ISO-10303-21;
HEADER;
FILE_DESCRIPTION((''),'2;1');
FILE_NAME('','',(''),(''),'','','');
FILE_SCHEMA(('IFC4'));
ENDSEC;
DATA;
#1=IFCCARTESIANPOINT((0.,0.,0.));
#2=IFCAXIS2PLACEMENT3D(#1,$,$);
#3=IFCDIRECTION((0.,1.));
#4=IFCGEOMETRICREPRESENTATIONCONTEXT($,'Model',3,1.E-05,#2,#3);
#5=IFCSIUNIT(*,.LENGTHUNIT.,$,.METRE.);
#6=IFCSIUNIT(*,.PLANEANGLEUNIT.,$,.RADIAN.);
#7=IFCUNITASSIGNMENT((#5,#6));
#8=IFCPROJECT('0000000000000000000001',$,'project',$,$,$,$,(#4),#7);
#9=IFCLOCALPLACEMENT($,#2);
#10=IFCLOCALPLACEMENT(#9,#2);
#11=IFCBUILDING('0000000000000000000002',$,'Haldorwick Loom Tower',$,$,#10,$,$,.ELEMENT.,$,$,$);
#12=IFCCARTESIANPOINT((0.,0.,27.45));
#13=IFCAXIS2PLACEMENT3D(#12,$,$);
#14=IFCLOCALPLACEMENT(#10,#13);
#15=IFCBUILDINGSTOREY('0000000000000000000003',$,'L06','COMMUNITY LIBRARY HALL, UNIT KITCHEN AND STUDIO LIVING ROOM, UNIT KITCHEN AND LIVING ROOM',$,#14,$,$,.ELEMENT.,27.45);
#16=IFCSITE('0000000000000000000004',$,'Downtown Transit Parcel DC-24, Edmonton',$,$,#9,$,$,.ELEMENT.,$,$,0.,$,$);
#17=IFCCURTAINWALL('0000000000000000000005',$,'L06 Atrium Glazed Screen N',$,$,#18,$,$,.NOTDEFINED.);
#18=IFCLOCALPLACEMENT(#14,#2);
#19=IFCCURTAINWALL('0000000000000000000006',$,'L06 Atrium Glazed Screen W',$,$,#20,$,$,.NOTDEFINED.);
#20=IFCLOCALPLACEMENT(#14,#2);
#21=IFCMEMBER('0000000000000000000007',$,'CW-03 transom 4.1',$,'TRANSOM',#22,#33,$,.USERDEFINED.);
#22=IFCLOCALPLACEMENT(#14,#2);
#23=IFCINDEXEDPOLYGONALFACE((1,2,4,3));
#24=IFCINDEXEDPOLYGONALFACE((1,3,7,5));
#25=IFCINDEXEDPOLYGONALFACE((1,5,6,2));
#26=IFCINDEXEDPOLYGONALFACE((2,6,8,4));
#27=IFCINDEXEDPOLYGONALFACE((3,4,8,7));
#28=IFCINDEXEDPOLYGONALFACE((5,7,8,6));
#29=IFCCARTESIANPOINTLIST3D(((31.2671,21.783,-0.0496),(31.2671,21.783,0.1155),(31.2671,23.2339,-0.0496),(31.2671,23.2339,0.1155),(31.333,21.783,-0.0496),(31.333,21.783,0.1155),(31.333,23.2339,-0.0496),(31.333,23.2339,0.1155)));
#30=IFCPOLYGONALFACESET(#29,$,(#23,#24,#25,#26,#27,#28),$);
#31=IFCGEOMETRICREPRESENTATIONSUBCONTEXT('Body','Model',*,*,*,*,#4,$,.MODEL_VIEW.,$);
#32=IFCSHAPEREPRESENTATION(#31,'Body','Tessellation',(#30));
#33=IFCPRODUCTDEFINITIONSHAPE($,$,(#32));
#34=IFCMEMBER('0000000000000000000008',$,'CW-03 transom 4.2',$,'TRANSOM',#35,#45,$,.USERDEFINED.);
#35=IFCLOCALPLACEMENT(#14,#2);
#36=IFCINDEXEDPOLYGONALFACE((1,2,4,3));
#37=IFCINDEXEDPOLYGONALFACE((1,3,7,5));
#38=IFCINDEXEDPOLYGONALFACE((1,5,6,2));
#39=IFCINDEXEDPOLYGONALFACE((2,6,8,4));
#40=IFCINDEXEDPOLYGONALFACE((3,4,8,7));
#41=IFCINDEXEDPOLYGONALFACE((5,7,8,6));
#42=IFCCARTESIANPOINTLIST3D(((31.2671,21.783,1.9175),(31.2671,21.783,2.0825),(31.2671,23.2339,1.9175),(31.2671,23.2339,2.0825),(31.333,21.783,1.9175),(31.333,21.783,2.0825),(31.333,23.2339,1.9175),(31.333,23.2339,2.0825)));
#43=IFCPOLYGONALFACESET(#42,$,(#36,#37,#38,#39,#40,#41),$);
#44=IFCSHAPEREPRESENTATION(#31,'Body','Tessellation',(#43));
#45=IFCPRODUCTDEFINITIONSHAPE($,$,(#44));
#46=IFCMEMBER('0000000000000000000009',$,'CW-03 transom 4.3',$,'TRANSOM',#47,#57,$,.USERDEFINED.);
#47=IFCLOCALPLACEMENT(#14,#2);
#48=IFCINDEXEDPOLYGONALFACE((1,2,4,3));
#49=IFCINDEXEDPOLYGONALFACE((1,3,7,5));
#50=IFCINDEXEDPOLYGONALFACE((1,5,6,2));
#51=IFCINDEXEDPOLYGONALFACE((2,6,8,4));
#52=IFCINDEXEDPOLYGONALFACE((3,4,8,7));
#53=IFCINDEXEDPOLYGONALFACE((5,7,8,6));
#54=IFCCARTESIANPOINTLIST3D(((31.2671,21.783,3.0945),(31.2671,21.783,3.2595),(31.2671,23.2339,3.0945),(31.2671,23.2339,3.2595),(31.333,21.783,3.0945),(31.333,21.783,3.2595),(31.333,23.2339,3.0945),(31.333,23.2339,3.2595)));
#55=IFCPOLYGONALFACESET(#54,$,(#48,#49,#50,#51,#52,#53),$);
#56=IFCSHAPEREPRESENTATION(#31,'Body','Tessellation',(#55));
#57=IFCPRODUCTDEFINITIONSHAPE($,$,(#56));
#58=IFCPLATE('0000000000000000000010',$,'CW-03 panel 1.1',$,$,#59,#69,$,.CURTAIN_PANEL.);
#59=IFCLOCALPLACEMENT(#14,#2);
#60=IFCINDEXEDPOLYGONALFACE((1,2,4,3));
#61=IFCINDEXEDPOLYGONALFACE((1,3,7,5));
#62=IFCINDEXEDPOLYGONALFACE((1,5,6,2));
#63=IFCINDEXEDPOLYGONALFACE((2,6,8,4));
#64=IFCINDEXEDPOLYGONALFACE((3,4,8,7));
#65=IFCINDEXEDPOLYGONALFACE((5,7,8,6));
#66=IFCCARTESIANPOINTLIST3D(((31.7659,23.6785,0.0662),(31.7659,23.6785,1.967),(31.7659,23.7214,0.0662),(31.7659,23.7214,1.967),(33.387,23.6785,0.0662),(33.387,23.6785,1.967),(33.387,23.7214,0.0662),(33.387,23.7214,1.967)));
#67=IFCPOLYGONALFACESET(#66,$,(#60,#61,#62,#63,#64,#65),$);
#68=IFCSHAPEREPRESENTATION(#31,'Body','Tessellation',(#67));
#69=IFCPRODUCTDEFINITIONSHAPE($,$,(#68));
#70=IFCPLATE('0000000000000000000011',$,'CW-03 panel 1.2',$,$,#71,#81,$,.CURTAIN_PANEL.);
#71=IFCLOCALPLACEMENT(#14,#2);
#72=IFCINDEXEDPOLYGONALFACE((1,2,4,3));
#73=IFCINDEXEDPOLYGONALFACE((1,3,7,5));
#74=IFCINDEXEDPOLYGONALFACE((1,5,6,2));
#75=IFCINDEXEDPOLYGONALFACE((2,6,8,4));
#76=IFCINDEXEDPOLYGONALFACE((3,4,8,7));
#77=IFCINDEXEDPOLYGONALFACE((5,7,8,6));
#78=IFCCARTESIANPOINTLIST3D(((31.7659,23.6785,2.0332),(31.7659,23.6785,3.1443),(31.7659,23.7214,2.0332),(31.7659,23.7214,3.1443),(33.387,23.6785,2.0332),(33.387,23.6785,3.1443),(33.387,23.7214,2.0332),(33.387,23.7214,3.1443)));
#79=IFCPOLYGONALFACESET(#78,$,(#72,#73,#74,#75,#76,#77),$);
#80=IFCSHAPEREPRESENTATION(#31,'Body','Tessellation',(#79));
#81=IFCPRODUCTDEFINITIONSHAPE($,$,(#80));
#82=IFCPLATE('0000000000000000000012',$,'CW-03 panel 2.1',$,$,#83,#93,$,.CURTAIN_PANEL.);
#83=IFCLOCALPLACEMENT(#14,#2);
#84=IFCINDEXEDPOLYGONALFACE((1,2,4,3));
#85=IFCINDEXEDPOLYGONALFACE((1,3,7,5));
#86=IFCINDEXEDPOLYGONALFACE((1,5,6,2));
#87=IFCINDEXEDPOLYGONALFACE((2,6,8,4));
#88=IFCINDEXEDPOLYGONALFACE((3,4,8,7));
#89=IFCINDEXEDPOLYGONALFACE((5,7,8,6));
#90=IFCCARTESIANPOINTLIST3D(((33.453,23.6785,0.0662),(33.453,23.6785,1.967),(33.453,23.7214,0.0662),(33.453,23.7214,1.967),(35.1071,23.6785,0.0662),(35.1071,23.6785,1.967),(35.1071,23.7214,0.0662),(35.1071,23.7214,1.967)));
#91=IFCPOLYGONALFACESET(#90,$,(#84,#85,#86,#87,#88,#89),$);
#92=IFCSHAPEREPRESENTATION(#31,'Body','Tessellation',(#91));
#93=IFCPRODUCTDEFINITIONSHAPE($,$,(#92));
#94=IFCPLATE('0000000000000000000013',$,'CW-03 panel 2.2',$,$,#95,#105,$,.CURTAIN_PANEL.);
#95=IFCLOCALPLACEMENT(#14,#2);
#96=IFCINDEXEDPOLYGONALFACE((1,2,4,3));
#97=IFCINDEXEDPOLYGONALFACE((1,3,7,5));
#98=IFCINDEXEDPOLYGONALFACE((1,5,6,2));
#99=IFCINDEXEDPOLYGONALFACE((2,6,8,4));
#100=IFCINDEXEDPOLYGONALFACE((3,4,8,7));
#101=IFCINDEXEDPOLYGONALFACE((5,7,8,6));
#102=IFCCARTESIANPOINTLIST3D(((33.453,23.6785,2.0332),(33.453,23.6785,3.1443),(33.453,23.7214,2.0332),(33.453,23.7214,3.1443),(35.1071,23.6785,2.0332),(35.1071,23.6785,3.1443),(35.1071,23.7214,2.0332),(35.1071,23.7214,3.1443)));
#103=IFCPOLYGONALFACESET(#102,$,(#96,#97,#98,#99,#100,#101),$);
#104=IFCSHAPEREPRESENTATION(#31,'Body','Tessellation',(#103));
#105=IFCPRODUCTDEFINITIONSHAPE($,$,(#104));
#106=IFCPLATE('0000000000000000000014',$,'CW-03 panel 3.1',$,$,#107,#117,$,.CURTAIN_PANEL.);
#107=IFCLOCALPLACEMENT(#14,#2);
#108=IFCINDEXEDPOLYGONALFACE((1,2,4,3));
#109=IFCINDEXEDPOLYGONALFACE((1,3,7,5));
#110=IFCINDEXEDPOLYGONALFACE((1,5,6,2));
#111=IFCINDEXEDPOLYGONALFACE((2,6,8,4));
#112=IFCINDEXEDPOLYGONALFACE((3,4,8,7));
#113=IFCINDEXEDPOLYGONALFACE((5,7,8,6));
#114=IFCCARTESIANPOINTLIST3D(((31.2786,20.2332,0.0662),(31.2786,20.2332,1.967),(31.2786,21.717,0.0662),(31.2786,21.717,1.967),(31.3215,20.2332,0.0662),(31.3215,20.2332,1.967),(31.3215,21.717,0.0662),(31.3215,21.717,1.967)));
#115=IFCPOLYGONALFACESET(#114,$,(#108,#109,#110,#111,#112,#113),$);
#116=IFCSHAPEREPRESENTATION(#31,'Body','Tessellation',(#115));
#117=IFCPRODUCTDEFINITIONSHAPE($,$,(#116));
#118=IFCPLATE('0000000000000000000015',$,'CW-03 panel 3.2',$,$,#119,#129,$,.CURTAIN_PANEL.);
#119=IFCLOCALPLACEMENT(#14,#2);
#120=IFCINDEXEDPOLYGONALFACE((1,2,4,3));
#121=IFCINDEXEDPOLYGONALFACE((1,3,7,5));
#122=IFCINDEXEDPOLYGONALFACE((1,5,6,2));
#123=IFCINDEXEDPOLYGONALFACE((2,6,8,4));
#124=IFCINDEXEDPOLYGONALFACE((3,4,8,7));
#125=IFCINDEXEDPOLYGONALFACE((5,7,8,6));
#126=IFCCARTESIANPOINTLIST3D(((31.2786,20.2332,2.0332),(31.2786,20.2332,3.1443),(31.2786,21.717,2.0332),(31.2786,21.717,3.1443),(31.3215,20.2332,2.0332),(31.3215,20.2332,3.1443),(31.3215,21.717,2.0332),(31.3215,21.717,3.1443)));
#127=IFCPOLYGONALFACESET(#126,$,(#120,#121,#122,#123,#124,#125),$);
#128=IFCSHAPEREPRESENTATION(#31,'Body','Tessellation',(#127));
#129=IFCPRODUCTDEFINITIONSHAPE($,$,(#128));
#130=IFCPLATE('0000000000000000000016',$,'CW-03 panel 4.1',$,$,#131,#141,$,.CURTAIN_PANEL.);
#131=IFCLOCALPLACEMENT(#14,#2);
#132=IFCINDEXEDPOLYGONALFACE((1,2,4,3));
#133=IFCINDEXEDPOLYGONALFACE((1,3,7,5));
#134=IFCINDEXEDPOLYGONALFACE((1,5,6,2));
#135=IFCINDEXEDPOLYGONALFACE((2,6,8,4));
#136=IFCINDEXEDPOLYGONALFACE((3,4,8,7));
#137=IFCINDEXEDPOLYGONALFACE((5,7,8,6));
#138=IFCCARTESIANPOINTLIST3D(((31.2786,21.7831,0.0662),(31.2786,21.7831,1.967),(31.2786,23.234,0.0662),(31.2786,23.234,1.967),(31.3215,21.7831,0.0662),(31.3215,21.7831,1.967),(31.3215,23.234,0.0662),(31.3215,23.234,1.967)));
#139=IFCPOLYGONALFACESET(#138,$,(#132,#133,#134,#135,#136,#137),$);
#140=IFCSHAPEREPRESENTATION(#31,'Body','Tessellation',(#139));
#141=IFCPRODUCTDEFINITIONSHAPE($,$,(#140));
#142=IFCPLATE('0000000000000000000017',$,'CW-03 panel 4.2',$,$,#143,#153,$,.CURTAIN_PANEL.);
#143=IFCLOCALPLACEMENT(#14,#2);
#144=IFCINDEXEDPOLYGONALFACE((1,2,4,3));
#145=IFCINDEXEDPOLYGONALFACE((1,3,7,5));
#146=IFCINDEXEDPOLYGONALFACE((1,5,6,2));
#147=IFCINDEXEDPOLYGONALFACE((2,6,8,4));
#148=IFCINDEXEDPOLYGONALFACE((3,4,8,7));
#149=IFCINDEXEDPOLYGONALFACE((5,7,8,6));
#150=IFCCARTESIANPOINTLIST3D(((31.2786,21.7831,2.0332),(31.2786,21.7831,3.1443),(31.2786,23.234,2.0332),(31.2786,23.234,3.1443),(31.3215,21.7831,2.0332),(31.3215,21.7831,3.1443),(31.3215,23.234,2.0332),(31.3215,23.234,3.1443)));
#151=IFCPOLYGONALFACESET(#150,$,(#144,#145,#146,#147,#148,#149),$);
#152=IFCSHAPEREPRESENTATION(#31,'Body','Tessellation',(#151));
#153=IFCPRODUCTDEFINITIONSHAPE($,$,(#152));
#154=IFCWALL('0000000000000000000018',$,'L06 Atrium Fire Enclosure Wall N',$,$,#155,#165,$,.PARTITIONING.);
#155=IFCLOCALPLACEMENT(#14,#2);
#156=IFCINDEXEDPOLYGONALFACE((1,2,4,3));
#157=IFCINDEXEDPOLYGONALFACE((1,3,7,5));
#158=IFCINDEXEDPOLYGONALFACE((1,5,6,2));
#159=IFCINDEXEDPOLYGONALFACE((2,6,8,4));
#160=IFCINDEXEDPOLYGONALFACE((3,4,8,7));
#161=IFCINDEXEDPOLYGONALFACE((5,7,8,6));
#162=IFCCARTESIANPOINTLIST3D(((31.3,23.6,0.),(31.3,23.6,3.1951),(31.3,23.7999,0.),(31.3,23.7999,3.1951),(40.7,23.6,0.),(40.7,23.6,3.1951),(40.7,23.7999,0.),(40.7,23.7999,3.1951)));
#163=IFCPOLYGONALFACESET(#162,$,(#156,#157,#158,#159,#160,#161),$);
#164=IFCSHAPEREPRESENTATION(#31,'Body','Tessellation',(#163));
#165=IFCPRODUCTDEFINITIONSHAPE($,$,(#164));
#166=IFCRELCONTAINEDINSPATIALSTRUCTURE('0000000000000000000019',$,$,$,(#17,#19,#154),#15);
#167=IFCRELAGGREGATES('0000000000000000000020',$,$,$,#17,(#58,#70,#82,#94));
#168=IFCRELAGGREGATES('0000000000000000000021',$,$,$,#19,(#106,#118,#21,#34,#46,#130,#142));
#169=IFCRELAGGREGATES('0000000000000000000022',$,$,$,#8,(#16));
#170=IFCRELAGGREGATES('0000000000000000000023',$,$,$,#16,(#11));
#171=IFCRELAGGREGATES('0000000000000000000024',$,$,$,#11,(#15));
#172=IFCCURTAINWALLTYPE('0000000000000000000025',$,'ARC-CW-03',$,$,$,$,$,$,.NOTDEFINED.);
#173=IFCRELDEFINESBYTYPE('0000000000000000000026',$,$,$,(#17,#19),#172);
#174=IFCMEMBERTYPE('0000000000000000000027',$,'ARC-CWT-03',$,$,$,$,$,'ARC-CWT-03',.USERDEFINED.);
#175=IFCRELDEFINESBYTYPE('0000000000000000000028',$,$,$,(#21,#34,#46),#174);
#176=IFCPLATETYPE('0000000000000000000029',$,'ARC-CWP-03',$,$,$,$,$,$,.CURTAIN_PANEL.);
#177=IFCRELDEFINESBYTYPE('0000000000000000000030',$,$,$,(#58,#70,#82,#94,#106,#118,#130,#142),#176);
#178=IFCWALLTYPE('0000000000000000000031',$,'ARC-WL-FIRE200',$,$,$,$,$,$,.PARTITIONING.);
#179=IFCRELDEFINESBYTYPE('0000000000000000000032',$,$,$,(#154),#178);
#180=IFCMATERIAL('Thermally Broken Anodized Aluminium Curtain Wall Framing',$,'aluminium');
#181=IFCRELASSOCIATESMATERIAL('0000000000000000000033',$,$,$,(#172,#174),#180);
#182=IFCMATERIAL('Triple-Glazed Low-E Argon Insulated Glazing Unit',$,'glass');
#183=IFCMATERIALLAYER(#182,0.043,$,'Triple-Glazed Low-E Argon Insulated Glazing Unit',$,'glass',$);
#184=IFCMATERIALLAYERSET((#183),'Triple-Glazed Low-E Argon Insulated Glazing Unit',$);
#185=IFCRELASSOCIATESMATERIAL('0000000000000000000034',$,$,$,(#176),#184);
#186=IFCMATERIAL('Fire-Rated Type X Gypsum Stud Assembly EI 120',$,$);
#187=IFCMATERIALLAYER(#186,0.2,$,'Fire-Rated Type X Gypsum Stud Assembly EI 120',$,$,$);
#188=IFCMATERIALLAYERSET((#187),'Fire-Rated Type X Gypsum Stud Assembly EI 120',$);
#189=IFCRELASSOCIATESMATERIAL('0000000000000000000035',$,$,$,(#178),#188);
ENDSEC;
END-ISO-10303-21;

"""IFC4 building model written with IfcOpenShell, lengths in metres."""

from ifc_helpers import new_model, si_unit, direction, frame, frame_2d, origin, origin_2d, place, context, subcontext, project, spatial, rectangle, extrude, material, layer, layer_set, material_profile, profile_set, type_object, element, aggregate, save


model = new_model("IFC4")

# Units and contexts
model_context = context("Model", 3, precision=1e-05, world=origin(), true_north=direction((0.0, 1.0)))
body_context = subcontext(model_context, "Body", "Model", "MODEL_VIEW")
ifc_project = project(units=[si_unit("LENGTHUNIT", "METRE"), si_unit("PLANEANGLEUNIT", "RADIAN")], contexts=[model_context])

# Site, building, storey
site_placement = place(None, origin())
site = spatial("IfcSite", under=ifc_project, at=site_placement, Name="Downtown Transit Parcel DC-24, Edmonton", CompositionType="ELEMENT", RefElevation=0.0)
building_placement = place(site_placement, origin())
building = spatial("IfcBuilding", under=site, at=building_placement, Name="Haldorwick Loom Tower", CompositionType="ELEMENT")
storey_placement = place(building_placement, frame((0.0, 0.0, 27.45)))
storey = spatial("IfcBuildingStorey", under=building, at=storey_placement, Name="L06", Description="COMMUNITY LIBRARY HALL, UNIT KITCHEN AND STUDIO LIVING ROOM, UNIT KITCHEN AND LIVING ROOM", CompositionType="ELEMENT", Elevation=27.45)

# Curtain walls
ifc_material_1 = material(Name="Thermally Broken Anodized Aluminium Curtain Wall Framing", Category="aluminium")
curtain_wall_type = type_object("IfcCurtainWallType", Name="ARC-CW-03", PredefinedType="NOTDEFINED", material=ifc_material_1)
curtain_wall_1_placement = place(storey_placement, origin())
curtain_wall_1 = element("IfcCurtainWall", 1, at=curtain_wall_1_placement, inside=storey, type_object=curtain_wall_type, Name="L06 Atrium Glazed Screen N", PredefinedType="NOTDEFINED")
curtain_wall_2_placement = place(storey_placement, origin())
curtain_wall_2 = element("IfcCurtainWall", 2, at=curtain_wall_2_placement, inside=storey, type_object=curtain_wall_type, Name="L06 Atrium Glazed Screen W", PredefinedType="NOTDEFINED")

# Members
ifc_material_profile_1 = material_profile(ifc_material_1, rectangle(XDim=0.0659, YDim=0.165, at=origin_2d()), Name="ALU_TRN_66X165", Category="aluminium")
ifc_profile_set_1 = profile_set([ifc_material_profile_1], Name="Thermally Broken Anodized Aluminium Curtain Wall Framing")
member_type_1 = type_object("IfcMemberType", Name="ARC-CWT-03", ElementType="ARC-CWT-03", PredefinedType="USERDEFINED", material=ifc_profile_set_1)
member_1_placement = place(storey_placement, frame((31.3, 21.783, 0.033), z_axis=(0.0, 1.0, 0.0), x_axis=(-1.0, 0.0, 0.0)))
member_1 = element("IfcMember", 3, at=member_1_placement, type_object=member_type_1, Name="CW-03 transom 4.1", ObjectType="TRANSOM", PredefinedType="USERDEFINED", context=body_context, shape_type="SweptSolid", body=[
    extrude(rectangle(XDim=0.0659, YDim=0.165, at=origin_2d()), origin(), (0.0, 0.0, 1.0), 1.4509),
])
member_2_placement = place(storey_placement, frame((31.3, 21.783, 2.0), z_axis=(0.0, 1.0, 0.0), x_axis=(-1.0, 0.0, 0.0)))
member_2 = element("IfcMember", 4, at=member_2_placement, type_object=member_type_1, Name="CW-03 transom 4.2", ObjectType="TRANSOM", PredefinedType="USERDEFINED", context=body_context, shape_type="SweptSolid", body=[
    extrude(rectangle(XDim=0.0659, YDim=0.165, at=origin_2d()), origin(), (0.0, 0.0, 1.0), 1.4509),
])
member_3_placement = place(storey_placement, frame((31.3, 21.783, 3.177), z_axis=(0.0, 1.0, 0.0), x_axis=(-1.0, 0.0, 0.0)))
member_3 = element("IfcMember", 5, at=member_3_placement, type_object=member_type_1, Name="CW-03 transom 4.3", ObjectType="TRANSOM", PredefinedType="USERDEFINED", context=body_context, shape_type="SweptSolid", body=[
    extrude(rectangle(XDim=0.0659, YDim=0.165, at=origin_2d()), origin(), (0.0, 0.0, 1.0), 1.4509),
])

# Plates
ifc_material_2 = material(Name="Triple-Glazed Low-E Argon Insulated Glazing Unit", Category="glass")
ifc_layer_1 = layer(ifc_material_2, 0.043, Name="Triple-Glazed Low-E Argon Insulated Glazing Unit", Category="glass")
ifc_layer_set_1 = layer_set([ifc_layer_1], Name="Triple-Glazed Low-E Argon Insulated Glazing Unit")
plate_type = type_object("IfcPlateType", Name="ARC-CWP-03", PredefinedType="CURTAIN_PANEL", material=ifc_layer_set_1)
plate_1_placement = place(storey_placement, frame((32.5764, 23.7, 0.0662), z_axis=(0.0, 0.0, 1.0), x_axis=(1.0, 0.0, 0.0)))
plate_1 = element("IfcPlate", 6, at=plate_1_placement, type_object=plate_type, Name="CW-03 panel 1.1", PredefinedType="CURTAIN_PANEL", context=body_context, shape_type="SweptSolid", body=[
    extrude(rectangle(XDim=1.6211, YDim=0.043, at=origin_2d()), origin(), (0.0, 0.0, 1.0), 1.9009),
])
plate_2_placement = place(storey_placement, frame((32.5764, 23.7, 2.0332), z_axis=(0.0, 0.0, 1.0), x_axis=(1.0, 0.0, 0.0)))
plate_2 = element("IfcPlate", 7, at=plate_2_placement, type_object=plate_type, Name="CW-03 panel 1.2", PredefinedType="CURTAIN_PANEL", context=body_context, shape_type="SweptSolid", body=[
    extrude(rectangle(XDim=1.6211, YDim=0.043, at=origin_2d()), origin(), (0.0, 0.0, 1.0), 1.1111),
])
plate_3_placement = place(storey_placement, frame((34.28, 23.7, 0.0662), z_axis=(0.0, 0.0, 1.0), x_axis=(1.0, 0.0, 0.0)))
plate_3 = element("IfcPlate", 8, at=plate_3_placement, type_object=plate_type, Name="CW-03 panel 2.1", PredefinedType="CURTAIN_PANEL", context=body_context, shape_type="SweptSolid", body=[
    extrude(rectangle(XDim=1.6541, YDim=0.043, at=origin_2d()), origin(), (0.0, 0.0, 1.0), 1.9009),
])
plate_4_placement = place(storey_placement, frame((34.28, 23.7, 2.0332), z_axis=(0.0, 0.0, 1.0), x_axis=(1.0, 0.0, 0.0)))
plate_4 = element("IfcPlate", 9, at=plate_4_placement, type_object=plate_type, Name="CW-03 panel 2.2", PredefinedType="CURTAIN_PANEL", context=body_context, shape_type="SweptSolid", body=[
    extrude(rectangle(XDim=1.6541, YDim=0.043, at=origin_2d()), origin(), (0.0, 0.0, 1.0), 1.1111),
])
aggregate(curtain_wall_1, [plate_1, plate_2, plate_3, plate_4])
plate_5_placement = place(storey_placement, frame((31.3, 20.9751, 0.0662), z_axis=(0.0, 0.0, 1.0), x_axis=(0.0, 1.0, 0.0)))
plate_5 = element("IfcPlate", 10, at=plate_5_placement, type_object=plate_type, Name="CW-03 panel 3.1", PredefinedType="CURTAIN_PANEL", context=body_context, shape_type="SweptSolid", body=[
    extrude(rectangle(XDim=1.4839, YDim=0.043, at=origin_2d()), origin(), (0.0, 0.0, 1.0), 1.9009),
])
plate_6_placement = place(storey_placement, frame((31.3, 20.9751, 2.0332), z_axis=(0.0, 0.0, 1.0), x_axis=(0.0, 1.0, 0.0)))
plate_6 = element("IfcPlate", 11, at=plate_6_placement, type_object=plate_type, Name="CW-03 panel 3.2", PredefinedType="CURTAIN_PANEL", context=body_context, shape_type="SweptSolid", body=[
    extrude(rectangle(XDim=1.4839, YDim=0.043, at=origin_2d()), origin(), (0.0, 0.0, 1.0), 1.1111),
])
plate_7_placement = place(storey_placement, frame((31.3, 22.5085, 0.0662), z_axis=(0.0, 0.0, 1.0), x_axis=(0.0, 1.0, 0.0)))
plate_7 = element("IfcPlate", 12, at=plate_7_placement, type_object=plate_type, Name="CW-03 panel 4.1", PredefinedType="CURTAIN_PANEL", context=body_context, shape_type="SweptSolid", body=[
    extrude(rectangle(XDim=1.4509, YDim=0.043, at=origin_2d()), origin(), (0.0, 0.0, 1.0), 1.9009),
])
plate_8_placement = place(storey_placement, frame((31.3, 22.5085, 2.0332), z_axis=(0.0, 0.0, 1.0), x_axis=(0.0, 1.0, 0.0)))
plate_8 = element("IfcPlate", 13, at=plate_8_placement, type_object=plate_type, Name="CW-03 panel 4.2", PredefinedType="CURTAIN_PANEL", context=body_context, shape_type="SweptSolid", body=[
    extrude(rectangle(XDim=1.4509, YDim=0.043, at=origin_2d()), origin(), (0.0, 0.0, 1.0), 1.1111),
])
aggregate(curtain_wall_2, [plate_5, plate_6, member_1, member_2, member_3, plate_7, plate_8])

# Wall
ifc_material_3 = material(Name="Fire-Rated Type X Gypsum Stud Assembly EI 120")
ifc_layer_2 = layer(ifc_material_3, 0.2, Name="Fire-Rated Type X Gypsum Stud Assembly EI 120")
ifc_layer_set_2 = layer_set([ifc_layer_2], Name="Fire-Rated Type X Gypsum Stud Assembly EI 120")
wall_type = type_object("IfcWallType", Name="ARC-WL-FIRE200", PredefinedType="PARTITIONING", material=ifc_layer_set_2)
wall_placement = place(storey_placement, frame((31.3, 23.7, 0.0), z_axis=(0.0, 0.0, 1.0), x_axis=(1.0, 0.0, 0.0)))
element("IfcWall", 14, at=wall_placement, inside=storey, type_object=wall_type, Name="L06 Atrium Fire Enclosure Wall N", PredefinedType="PARTITIONING", context=body_context, shape_type="SweptSolid", body=[
    extrude(rectangle(XDim=9.3999, YDim=0.2, at=frame_2d((4.7, 0.0))), origin(), (0.0, 0.0, 1.0), 3.1951),
])

save(model, "model.ifc")
